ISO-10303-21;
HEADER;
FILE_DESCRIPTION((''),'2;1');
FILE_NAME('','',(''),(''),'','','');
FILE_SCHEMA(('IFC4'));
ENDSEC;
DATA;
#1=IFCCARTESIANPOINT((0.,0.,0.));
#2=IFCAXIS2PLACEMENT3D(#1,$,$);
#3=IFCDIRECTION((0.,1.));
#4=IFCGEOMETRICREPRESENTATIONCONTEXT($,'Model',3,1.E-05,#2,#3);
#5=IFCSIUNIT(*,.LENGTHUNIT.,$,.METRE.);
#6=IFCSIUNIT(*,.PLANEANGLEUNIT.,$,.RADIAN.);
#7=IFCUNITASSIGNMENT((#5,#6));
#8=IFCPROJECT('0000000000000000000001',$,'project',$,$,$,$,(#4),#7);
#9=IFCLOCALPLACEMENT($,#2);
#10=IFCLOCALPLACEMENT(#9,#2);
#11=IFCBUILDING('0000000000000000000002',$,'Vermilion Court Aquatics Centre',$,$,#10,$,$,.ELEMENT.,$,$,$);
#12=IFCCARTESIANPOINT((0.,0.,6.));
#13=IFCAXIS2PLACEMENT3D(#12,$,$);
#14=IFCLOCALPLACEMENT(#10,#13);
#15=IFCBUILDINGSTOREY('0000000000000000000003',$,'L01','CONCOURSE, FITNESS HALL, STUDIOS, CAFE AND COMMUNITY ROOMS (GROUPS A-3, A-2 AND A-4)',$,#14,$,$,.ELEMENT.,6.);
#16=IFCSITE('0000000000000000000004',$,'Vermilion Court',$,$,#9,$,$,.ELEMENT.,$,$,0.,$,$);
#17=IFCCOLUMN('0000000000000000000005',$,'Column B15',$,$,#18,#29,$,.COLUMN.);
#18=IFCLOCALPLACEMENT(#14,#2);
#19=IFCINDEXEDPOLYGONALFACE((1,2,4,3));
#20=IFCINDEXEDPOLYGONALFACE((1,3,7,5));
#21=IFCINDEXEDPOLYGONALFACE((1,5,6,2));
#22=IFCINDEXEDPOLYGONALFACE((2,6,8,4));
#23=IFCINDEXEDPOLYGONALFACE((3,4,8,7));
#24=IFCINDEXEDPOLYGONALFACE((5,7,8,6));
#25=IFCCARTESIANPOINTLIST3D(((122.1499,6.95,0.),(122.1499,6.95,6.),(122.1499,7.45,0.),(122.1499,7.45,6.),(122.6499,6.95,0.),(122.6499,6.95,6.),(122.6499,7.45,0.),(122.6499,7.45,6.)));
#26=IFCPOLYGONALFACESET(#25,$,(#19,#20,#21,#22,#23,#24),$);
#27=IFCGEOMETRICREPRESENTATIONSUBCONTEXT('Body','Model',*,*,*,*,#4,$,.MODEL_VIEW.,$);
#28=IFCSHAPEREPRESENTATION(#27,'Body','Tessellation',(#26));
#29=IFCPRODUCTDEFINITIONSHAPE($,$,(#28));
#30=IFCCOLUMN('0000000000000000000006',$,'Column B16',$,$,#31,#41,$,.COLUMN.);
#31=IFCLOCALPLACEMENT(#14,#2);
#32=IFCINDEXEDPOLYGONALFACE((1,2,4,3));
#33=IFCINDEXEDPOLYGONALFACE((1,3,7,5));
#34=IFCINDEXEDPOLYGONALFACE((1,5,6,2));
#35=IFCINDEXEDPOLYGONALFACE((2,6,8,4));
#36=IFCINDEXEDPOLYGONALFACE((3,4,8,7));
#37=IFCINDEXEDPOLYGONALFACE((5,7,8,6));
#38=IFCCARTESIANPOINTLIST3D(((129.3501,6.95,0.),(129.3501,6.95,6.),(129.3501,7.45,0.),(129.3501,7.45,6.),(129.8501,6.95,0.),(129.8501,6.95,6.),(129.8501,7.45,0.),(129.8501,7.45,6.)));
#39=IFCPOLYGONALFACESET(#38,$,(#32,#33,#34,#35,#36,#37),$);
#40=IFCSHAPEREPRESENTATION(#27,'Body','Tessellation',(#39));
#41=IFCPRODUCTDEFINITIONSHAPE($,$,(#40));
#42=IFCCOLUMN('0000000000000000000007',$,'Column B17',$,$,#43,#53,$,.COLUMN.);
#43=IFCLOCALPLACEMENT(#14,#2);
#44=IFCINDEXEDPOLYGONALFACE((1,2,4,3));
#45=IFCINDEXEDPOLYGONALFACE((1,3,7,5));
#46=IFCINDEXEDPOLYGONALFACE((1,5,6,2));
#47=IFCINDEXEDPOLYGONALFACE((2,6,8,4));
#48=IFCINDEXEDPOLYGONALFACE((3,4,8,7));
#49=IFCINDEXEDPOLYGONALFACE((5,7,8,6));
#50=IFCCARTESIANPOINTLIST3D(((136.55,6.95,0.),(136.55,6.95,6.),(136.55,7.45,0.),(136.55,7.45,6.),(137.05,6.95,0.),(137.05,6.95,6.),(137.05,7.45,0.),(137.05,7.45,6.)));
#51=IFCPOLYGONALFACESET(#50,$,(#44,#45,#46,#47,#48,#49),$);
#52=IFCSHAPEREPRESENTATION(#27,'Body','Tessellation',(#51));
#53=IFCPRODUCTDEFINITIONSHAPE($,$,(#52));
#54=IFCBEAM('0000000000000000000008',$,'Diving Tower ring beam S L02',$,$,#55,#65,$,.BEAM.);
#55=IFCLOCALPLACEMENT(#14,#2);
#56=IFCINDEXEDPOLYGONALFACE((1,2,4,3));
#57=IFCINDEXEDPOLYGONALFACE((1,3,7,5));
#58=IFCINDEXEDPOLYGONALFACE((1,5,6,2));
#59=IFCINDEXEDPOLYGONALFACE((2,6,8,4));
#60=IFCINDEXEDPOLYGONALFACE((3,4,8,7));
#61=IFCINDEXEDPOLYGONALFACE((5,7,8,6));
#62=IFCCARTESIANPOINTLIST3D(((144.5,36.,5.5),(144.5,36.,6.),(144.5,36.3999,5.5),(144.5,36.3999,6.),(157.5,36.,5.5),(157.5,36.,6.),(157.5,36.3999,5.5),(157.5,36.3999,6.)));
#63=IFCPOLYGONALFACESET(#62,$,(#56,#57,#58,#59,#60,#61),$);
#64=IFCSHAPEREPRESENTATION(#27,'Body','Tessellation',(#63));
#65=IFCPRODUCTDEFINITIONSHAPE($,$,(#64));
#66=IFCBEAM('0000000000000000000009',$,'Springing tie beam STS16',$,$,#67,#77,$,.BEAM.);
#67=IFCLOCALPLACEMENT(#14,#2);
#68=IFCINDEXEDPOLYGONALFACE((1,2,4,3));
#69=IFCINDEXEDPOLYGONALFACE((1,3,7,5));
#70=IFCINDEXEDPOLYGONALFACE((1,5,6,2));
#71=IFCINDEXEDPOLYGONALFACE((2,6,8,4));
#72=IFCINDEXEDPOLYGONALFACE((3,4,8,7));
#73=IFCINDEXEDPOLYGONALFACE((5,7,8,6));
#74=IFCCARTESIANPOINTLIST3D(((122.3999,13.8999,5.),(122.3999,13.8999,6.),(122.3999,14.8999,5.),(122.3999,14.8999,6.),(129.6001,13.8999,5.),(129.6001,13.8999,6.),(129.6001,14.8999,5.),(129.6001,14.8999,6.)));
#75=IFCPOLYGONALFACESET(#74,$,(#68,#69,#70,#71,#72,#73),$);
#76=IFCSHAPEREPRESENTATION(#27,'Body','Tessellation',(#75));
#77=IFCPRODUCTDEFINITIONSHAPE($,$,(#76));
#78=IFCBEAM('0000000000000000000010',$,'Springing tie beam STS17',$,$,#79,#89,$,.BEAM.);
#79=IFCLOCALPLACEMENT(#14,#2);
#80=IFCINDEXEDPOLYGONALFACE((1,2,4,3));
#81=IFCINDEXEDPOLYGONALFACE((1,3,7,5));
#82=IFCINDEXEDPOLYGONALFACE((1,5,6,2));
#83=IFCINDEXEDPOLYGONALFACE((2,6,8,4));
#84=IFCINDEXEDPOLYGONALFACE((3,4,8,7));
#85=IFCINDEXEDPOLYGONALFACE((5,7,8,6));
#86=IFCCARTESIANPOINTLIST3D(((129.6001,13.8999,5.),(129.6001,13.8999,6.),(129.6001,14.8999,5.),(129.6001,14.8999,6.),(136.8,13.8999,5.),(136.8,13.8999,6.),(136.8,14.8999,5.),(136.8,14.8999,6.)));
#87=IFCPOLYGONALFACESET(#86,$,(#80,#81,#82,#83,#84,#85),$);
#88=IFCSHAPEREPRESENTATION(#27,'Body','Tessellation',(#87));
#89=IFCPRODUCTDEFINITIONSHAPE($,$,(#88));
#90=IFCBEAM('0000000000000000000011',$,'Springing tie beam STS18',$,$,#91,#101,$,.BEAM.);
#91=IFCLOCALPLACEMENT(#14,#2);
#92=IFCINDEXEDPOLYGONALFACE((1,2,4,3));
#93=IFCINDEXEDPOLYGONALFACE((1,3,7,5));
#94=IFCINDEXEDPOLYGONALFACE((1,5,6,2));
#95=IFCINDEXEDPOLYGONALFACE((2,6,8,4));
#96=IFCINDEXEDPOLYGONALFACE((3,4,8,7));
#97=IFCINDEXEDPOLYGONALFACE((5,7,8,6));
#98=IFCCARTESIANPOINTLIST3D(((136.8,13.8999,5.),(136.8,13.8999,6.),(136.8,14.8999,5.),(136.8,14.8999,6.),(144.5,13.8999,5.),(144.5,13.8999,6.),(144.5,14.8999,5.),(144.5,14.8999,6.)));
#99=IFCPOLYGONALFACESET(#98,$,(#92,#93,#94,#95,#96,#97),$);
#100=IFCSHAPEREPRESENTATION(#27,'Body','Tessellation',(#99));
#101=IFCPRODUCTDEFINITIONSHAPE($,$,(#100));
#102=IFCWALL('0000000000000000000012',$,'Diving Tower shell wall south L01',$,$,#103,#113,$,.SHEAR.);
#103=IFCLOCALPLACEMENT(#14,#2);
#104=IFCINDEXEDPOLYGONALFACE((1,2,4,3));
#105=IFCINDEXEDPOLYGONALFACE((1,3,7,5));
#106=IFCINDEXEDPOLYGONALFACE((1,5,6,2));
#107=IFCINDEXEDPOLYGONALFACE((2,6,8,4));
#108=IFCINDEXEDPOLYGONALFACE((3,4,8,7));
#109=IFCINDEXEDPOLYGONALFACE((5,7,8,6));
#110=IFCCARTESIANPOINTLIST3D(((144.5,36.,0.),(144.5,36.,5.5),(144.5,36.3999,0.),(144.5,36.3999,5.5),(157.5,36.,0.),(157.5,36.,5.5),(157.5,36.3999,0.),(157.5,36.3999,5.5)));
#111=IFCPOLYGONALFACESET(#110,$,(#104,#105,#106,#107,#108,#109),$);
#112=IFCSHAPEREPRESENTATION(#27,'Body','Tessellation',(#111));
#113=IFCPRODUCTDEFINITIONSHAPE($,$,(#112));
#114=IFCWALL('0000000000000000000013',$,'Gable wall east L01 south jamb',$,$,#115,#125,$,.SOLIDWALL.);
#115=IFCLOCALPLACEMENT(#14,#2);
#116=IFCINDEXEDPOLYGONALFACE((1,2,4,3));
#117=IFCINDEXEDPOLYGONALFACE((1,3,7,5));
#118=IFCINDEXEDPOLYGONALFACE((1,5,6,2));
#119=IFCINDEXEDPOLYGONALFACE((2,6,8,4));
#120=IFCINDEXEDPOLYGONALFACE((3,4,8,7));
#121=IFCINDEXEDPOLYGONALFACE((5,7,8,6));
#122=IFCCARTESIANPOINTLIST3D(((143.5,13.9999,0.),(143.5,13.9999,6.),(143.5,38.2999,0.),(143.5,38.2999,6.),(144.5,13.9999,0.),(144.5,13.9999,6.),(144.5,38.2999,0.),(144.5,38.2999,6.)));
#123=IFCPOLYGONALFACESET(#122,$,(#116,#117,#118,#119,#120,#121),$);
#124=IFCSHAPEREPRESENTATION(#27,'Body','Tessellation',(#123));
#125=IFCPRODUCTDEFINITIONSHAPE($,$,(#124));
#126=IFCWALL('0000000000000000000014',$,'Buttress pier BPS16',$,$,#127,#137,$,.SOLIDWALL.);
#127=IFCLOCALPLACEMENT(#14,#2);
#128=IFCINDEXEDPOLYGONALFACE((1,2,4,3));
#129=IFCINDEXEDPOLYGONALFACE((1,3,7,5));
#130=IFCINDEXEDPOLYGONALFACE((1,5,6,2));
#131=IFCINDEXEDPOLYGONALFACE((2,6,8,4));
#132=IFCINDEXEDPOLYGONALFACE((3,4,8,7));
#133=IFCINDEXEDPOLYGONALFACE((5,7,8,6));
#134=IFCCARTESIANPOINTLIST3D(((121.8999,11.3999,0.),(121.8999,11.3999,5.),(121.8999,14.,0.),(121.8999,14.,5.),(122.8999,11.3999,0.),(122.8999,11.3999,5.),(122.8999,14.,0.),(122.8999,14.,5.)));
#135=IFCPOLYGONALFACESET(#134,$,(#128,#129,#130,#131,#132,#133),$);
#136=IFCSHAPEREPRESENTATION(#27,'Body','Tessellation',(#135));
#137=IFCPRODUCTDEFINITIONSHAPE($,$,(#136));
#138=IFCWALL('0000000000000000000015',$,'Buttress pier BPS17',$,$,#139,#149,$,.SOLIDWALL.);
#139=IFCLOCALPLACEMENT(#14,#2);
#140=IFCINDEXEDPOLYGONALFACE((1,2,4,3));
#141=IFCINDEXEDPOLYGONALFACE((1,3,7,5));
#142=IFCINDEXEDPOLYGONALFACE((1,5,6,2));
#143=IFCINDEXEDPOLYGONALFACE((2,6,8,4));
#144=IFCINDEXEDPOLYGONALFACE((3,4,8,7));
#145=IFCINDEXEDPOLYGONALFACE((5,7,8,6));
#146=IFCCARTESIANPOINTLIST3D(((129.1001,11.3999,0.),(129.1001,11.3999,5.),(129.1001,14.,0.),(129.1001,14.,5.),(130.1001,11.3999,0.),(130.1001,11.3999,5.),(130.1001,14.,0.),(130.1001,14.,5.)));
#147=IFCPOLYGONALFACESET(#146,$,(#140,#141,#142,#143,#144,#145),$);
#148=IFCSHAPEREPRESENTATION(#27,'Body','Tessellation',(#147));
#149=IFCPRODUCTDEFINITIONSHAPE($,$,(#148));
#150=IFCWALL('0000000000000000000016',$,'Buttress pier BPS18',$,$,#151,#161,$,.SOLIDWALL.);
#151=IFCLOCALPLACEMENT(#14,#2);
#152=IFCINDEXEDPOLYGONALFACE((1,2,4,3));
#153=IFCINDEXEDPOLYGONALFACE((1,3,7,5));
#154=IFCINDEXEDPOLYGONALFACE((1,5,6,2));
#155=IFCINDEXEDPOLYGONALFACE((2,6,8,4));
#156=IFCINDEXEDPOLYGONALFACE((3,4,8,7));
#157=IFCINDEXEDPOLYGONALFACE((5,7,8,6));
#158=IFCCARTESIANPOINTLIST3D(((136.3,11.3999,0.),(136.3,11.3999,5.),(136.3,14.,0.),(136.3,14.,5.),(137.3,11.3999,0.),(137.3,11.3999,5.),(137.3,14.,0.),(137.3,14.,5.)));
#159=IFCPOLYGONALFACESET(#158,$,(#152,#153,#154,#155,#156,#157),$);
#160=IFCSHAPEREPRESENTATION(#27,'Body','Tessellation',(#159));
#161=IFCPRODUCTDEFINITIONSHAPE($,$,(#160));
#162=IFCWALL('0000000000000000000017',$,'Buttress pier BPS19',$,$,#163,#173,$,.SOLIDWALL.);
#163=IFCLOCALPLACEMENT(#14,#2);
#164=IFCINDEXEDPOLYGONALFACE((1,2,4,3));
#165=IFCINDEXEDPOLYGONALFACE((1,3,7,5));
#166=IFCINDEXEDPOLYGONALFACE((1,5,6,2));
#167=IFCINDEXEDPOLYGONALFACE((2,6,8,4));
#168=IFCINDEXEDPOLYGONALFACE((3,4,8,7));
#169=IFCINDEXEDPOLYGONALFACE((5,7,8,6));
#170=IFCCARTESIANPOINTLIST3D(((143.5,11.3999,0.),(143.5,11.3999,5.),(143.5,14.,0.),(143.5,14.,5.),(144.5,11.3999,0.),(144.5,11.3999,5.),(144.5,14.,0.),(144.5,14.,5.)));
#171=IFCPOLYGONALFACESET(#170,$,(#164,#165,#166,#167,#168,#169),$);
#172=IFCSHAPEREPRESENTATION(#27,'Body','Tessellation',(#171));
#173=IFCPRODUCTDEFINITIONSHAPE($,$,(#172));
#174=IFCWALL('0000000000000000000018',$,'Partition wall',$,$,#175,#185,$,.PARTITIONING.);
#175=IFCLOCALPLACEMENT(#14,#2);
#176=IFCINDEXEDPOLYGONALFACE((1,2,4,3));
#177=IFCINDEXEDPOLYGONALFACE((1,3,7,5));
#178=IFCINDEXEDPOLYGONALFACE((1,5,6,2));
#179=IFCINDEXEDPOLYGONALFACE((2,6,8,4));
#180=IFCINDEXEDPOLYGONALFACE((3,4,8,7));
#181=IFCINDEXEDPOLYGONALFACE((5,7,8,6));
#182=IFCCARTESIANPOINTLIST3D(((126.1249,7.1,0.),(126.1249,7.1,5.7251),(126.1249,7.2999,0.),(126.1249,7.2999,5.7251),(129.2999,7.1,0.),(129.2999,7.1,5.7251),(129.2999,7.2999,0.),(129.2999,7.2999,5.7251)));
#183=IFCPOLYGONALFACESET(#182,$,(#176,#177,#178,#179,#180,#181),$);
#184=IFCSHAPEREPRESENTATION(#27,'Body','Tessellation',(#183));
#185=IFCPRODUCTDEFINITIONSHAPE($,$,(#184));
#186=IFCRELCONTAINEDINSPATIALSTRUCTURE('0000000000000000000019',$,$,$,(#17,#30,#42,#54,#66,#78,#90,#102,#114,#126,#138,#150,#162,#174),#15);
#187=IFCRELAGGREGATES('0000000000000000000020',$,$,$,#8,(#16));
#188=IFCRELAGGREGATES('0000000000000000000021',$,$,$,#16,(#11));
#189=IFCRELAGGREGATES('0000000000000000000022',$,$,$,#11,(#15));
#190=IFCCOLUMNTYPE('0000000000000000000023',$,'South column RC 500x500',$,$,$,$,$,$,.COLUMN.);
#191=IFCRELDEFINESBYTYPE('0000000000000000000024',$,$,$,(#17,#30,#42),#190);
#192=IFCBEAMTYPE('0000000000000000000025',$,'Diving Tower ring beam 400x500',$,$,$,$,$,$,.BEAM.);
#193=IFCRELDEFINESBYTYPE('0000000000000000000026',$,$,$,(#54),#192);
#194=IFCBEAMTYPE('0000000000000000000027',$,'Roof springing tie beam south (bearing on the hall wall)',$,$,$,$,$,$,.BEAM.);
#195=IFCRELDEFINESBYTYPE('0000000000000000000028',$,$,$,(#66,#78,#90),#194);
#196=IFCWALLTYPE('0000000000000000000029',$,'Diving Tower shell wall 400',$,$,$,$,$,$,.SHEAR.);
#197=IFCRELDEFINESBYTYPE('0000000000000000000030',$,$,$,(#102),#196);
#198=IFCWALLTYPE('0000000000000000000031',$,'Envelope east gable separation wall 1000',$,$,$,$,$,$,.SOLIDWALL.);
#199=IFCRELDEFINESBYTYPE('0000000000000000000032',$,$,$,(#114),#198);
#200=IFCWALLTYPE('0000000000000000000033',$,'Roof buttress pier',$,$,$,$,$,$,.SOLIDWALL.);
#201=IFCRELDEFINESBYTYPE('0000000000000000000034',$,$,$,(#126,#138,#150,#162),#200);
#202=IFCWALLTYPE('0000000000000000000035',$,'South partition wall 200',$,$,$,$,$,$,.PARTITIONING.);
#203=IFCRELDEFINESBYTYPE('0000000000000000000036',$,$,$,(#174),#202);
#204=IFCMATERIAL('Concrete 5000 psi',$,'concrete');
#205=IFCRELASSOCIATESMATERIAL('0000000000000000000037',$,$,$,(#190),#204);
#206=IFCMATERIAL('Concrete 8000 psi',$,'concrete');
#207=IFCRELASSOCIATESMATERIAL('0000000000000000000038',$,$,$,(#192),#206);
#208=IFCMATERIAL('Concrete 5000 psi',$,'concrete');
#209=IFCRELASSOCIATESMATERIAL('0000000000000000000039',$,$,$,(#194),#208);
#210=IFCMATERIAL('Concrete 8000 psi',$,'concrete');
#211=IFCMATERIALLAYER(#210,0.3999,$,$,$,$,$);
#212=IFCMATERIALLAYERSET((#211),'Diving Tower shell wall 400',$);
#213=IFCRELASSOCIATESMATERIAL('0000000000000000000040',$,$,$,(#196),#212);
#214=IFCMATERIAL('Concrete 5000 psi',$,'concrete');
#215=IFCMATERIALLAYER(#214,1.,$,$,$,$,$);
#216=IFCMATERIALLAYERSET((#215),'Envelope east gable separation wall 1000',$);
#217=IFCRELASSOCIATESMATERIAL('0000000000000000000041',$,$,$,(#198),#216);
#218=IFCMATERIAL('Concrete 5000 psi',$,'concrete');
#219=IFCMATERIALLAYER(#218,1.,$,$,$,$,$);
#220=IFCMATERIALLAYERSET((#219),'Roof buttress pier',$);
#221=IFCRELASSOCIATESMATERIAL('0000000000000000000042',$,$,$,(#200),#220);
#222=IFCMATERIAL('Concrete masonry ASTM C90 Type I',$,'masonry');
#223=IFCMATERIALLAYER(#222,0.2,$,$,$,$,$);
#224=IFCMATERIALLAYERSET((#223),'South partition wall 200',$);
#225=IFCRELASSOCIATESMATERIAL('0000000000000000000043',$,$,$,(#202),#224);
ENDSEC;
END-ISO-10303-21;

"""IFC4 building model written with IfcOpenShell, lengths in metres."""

from ifc_helpers import new_model, si_unit, direction, frame, frame_2d, origin, origin_2d, place, context, subcontext, project, spatial, rectangle, extrude, material, layer, layer_set, material_profile, profile_set, type_object, element, save


model = new_model("IFC4")

# Units and contexts
model_context = context("Model", 3, precision=1e-05, world=origin(), true_north=direction((0.0, 1.0)))
body_context = subcontext(model_context, "Body", "Model", "MODEL_VIEW")
ifc_project = project(units=[si_unit("LENGTHUNIT", "METRE"), si_unit("PLANEANGLEUNIT", "RADIAN")], contexts=[model_context])

# Site, building, storey
site_placement = place(None, origin())
site = spatial("IfcSite", under=ifc_project, at=site_placement, Name="Vermilion Court", CompositionType="ELEMENT", RefElevation=0.0)
building_placement = place(site_placement, origin())
building = spatial("IfcBuilding", under=site, at=building_placement, Name="Vermilion Court Aquatics Centre", CompositionType="ELEMENT")
storey_placement = place(building_placement, frame((0.0, 0.0, 6.0)))
storey = spatial("IfcBuildingStorey", under=building, at=storey_placement, Name="L01", Description="CONCOURSE, FITNESS HALL, STUDIOS, CAFE AND COMMUNITY ROOMS (GROUPS A-3, A-2 AND A-4)", CompositionType="ELEMENT", Elevation=6.0)

# Columns
ifc_material_1 = material(Name="Concrete 5000 psi", Category="concrete")
ifc_material_profile_1 = material_profile(ifc_material_1, rectangle(XDim=0.5, YDim=0.5, at=origin_2d()), Name="RC 500x500")
ifc_profile_set_1 = profile_set([ifc_material_profile_1], Name="Concrete 5000 psi")
column_type = type_object("IfcColumnType", Name="South column RC 500x500", PredefinedType="COLUMN", material=ifc_profile_set_1)
for number, where, z_axis, x_axis, name in (
    (1, (122.3999, 7.2, 0.0), (0.0, 0.0, 1.0), (1.0, 0.0, 0.0), "Column B15"),
    (2, (129.6001, 7.2, 0.0), (0.0, 0.0, 1.0), (1.0, 0.0, 0.0), "Column B16"),
    (3, (136.8, 7.2, 0.0), (0.0, 0.0, 1.0), (1.0, 0.0, 0.0), "Column B17"),
):
    element("IfcColumn", number, at=place(storey_placement, frame(where, z_axis=z_axis, x_axis=x_axis)), inside=storey, type_object=column_type, Name=name, PredefinedType="COLUMN", context=body_context, shape_type="SweptSolid", body=[
        extrude(rectangle(XDim=0.5, YDim=0.5, at=origin_2d()), origin(), (0.0, 0.0, 1.0), 6.0),
    ])

# Beams
ifc_material_2 = material(Name="Concrete 8000 psi", Category="concrete")
ifc_material_profile_2 = material_profile(ifc_material_2, rectangle(XDim=0.3999, YDim=0.5, at=origin_2d()), Name="RC 400x500")
ifc_profile_set_2 = profile_set([ifc_material_profile_2], Name="Concrete 8000 psi")
beam_type_1 = type_object("IfcBeamType", Name="Diving Tower ring beam 400x500", PredefinedType="BEAM", material=ifc_profile_set_2)
beam_1_placement = place(storey_placement, frame((144.5, 36.2, 5.75), z_axis=(1.0, 0.0, 0.0), x_axis=(0.0, 1.0, 0.0)))
element("IfcBeam", 4, at=beam_1_placement, inside=storey, type_object=beam_type_1, Name="Diving Tower ring beam S L02", PredefinedType="BEAM", context=body_context, shape_type="SweptSolid", body=[
    extrude(rectangle(XDim=0.3999, YDim=0.5, at=origin_2d()), origin(), (0.0, 0.0, 1.0), 13.0),
])
ifc_material_3 = material(Name="Concrete 5000 psi", Category="concrete")
ifc_material_profile_3 = material_profile(ifc_material_3, rectangle(XDim=1.0, YDim=1.0, at=origin_2d()), Name="RC 1000x1000")
ifc_profile_set_3 = profile_set([ifc_material_profile_3], Name="Concrete 5000 psi")
beam_type_2 = type_object("IfcBeamType", Name="Roof springing tie beam south (bearing on the hall wall)", PredefinedType="BEAM", material=ifc_profile_set_3)
beam_2_placement = place(storey_placement, frame((122.3999, 14.3999, 5.5), z_axis=(1.0, 0.0, 0.0), x_axis=(0.0, 1.0, 0.0)))
element("IfcBeam", 5, at=beam_2_placement, inside=storey, type_object=beam_type_2, Name="Springing tie beam STS16", PredefinedType="BEAM", context=body_context, shape_type="SweptSolid", body=[
    extrude(rectangle(XDim=1.0, YDim=1.0, at=origin_2d()), origin(), (0.0, 0.0, 1.0), 7.2002),
])
beam_3_placement = place(storey_placement, frame((129.6001, 14.3999, 5.5), z_axis=(1.0, 0.0, 0.0), x_axis=(0.0, 1.0, 0.0)))
element("IfcBeam", 6, at=beam_3_placement, inside=storey, type_object=beam_type_2, Name="Springing tie beam STS17", PredefinedType="BEAM", context=body_context, shape_type="SweptSolid", body=[
    extrude(rectangle(XDim=1.0, YDim=1.0, at=origin_2d()), origin(), (0.0, 0.0, 1.0), 7.2),
])
beam_4_placement = place(storey_placement, frame((136.8, 14.3999, 5.5), z_axis=(1.0, 0.0, 0.0), x_axis=(0.0, 1.0, 0.0)))
element("IfcBeam", 7, at=beam_4_placement, inside=storey, type_object=beam_type_2, Name="Springing tie beam STS18", PredefinedType="BEAM", context=body_context, shape_type="SweptSolid", body=[
    extrude(rectangle(XDim=1.0, YDim=1.0, at=origin_2d()), origin(), (0.0, 0.0, 1.0), 7.7),
])

# Walls
ifc_material_4 = material(Name="Concrete 8000 psi", Category="concrete")
ifc_layer_1 = layer(ifc_material_4, 0.3999)
ifc_layer_set_1 = layer_set([ifc_layer_1], Name="Diving Tower shell wall 400")
wall_type_1 = type_object("IfcWallType", Name="Diving Tower shell wall 400", PredefinedType="SHEAR", material=ifc_layer_set_1)
wall_1_placement = place(storey_placement, frame((144.5, 36.2, 0.0), z_axis=(0.0, 0.0, 1.0), x_axis=(1.0, 0.0, 0.0)))
element("IfcWall", 8, at=wall_1_placement, inside=storey, type_object=wall_type_1, Name="Diving Tower shell wall south L01", PredefinedType="SHEAR", context=body_context, shape_type="SweptSolid", body=[
    extrude(rectangle(XDim=13.0, YDim=0.3999, at=frame_2d((6.5, 0.0))), origin(), (0.0, 0.0, 1.0), 5.5),
])
ifc_material_5 = material(Name="Concrete 5000 psi", Category="concrete")
ifc_layer_2 = layer(ifc_material_5, 1.0)
ifc_layer_set_2 = layer_set([ifc_layer_2], Name="Envelope east gable separation wall 1000")
wall_type_2 = type_object("IfcWallType", Name="Envelope east gable separation wall 1000", PredefinedType="SOLIDWALL", material=ifc_layer_set_2)
wall_2_placement = place(storey_placement, frame((144.0, 14.0, 0.0), z_axis=(0.0, 0.0, 1.0), x_axis=(0.0, 1.0, 0.0)))
element("IfcWall", 9, at=wall_2_placement, inside=storey, type_object=wall_type_2, Name="Gable wall east L01 south jamb", PredefinedType="SOLIDWALL", context=body_context, shape_type="SweptSolid", body=[
    extrude(rectangle(XDim=24.3, YDim=1.0, at=frame_2d((12.1499, 0.0))), origin(), (0.0, 0.0, 1.0), 6.0),
])
ifc_material_6 = material(Name="Concrete 5000 psi", Category="concrete")
ifc_layer_3 = layer(ifc_material_6, 1.0)
ifc_layer_set_3 = layer_set([ifc_layer_3], Name="Roof buttress pier")
wall_type_3 = type_object("IfcWallType", Name="Roof buttress pier", PredefinedType="SOLIDWALL", material=ifc_layer_set_3)
for number, where, z_axis, x_axis, name in (
    (10, (122.3999, 11.3999, 0.0), (0.0, 0.0, 1.0), (0.0, 1.0, 0.0), "Buttress pier BPS16"),
    (11, (129.6001, 11.3999, 0.0), (0.0, 0.0, 1.0), (0.0, 1.0, 0.0), "Buttress pier BPS17"),
    (12, (136.8, 11.3999, 0.0), (0.0, 0.0, 1.0), (0.0, 1.0, 0.0), "Buttress pier BPS18"),
    (13, (144.0, 11.3999, 0.0), (0.0, 0.0, 1.0), (0.0, 1.0, 0.0), "Buttress pier BPS19"),
):
    element("IfcWall", number, at=place(storey_placement, frame(where, z_axis=z_axis, x_axis=x_axis)), inside=storey, type_object=wall_type_3, Name=name, PredefinedType="SOLIDWALL", context=body_context, shape_type="SweptSolid", body=[
        extrude(rectangle(XDim=2.6001, YDim=1.0, at=frame_2d((1.3, 0.0))), origin(), (0.0, 0.0, 1.0), 5.0),
    ])
ifc_material_7 = material(Name="Concrete masonry ASTM C90 Type I", Category="masonry")
ifc_layer_4 = layer(ifc_material_7, 0.2)
ifc_layer_set_4 = layer_set([ifc_layer_4], Name="South partition wall 200")
wall_type_4 = type_object("IfcWallType", Name="South partition wall 200", PredefinedType="PARTITIONING", material=ifc_layer_set_4)
wall_3_placement = place(storey_placement, frame((126.125, 7.2, 0.0), z_axis=(0.0, 0.0, 1.0), x_axis=(1.0, 0.0, 0.0)))
element("IfcWall", 14, at=wall_3_placement, inside=storey, type_object=wall_type_4, Name="Partition wall", PredefinedType="PARTITIONING", context=body_context, shape_type="SweptSolid", body=[
    extrude(rectangle(XDim=3.175, YDim=0.2, at=frame_2d((1.5874, 0.0))), origin(), (0.0, 0.0, 1.0), 5.7251),
])

save(model, "model.ifc")
